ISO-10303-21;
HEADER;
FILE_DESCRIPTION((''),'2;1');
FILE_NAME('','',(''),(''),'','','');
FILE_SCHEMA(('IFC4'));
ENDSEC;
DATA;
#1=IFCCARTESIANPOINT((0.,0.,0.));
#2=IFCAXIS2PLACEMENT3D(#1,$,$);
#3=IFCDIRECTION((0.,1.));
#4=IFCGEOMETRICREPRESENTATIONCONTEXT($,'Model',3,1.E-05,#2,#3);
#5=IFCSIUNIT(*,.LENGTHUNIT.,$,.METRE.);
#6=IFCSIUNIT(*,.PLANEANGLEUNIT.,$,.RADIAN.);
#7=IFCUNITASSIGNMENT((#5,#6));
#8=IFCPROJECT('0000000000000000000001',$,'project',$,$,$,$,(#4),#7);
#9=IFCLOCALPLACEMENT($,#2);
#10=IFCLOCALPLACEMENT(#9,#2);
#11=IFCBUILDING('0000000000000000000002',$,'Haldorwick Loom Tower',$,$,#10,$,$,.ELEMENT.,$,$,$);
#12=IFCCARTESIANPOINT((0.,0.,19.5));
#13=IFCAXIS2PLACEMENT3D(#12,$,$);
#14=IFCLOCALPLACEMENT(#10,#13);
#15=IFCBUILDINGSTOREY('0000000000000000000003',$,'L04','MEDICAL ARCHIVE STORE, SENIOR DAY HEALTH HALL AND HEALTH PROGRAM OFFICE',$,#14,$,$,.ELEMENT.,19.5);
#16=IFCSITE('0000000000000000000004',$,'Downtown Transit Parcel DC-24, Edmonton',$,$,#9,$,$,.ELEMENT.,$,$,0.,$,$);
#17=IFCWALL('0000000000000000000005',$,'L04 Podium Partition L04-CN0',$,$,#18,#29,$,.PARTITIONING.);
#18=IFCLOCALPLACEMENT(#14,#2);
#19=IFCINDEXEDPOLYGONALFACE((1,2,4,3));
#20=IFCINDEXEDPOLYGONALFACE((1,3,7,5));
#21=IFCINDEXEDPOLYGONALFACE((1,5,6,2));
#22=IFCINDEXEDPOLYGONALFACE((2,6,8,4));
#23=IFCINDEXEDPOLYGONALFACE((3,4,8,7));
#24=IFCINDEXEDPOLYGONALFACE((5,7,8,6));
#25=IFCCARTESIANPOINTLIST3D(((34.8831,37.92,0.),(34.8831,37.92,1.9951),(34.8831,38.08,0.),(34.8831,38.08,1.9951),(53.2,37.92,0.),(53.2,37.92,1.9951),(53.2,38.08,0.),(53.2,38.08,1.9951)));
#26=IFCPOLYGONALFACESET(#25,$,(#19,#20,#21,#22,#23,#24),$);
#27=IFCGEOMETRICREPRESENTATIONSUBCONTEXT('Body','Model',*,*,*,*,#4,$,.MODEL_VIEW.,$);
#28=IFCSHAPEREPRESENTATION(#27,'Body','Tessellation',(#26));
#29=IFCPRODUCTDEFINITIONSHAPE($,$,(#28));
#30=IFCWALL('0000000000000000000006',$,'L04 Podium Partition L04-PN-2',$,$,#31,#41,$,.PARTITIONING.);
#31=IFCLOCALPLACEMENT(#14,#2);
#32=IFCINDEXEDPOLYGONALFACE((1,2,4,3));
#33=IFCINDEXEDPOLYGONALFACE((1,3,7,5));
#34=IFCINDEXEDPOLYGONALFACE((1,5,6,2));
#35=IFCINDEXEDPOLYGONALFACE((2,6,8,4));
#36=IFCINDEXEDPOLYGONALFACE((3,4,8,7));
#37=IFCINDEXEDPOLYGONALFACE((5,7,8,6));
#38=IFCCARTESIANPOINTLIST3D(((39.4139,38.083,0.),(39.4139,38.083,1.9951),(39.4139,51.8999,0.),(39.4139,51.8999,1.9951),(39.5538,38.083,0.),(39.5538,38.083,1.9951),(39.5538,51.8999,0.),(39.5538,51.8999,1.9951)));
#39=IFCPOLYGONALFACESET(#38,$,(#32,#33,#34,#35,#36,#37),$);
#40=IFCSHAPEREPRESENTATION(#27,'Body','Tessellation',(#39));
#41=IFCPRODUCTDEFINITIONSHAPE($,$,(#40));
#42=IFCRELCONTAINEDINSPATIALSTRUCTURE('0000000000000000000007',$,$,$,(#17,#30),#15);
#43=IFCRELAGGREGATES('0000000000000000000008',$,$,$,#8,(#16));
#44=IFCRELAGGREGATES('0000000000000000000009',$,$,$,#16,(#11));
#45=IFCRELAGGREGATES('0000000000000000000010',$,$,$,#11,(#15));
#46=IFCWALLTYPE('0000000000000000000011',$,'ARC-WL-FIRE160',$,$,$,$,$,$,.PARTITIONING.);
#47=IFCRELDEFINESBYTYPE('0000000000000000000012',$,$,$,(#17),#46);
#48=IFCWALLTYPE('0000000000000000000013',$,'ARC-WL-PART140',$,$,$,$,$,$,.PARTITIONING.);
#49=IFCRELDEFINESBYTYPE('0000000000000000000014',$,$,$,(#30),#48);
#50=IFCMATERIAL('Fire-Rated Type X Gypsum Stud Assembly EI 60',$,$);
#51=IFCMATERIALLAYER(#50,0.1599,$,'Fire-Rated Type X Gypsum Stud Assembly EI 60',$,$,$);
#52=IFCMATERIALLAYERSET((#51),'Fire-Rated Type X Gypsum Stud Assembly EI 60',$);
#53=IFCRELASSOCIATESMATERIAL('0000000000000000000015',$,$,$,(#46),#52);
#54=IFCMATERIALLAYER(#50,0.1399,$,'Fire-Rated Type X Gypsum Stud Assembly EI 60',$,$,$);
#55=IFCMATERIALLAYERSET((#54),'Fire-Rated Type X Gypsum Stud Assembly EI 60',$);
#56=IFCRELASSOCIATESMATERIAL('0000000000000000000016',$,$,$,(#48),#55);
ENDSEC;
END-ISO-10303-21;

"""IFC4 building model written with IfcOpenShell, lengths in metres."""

from ifc_helpers import new_model, si_unit, direction, frame, frame_2d, origin, place, context, subcontext, project, spatial, rectangle, extrude, material, layer, layer_set, type_object, element, save


model = new_model("IFC4")

# Units and contexts
model_context = context("Model", 3, precision=1e-05, world=origin(), true_north=direction((0.0, 1.0)))
body_context = subcontext(model_context, "Body", "Model", "MODEL_VIEW")
ifc_project = project(units=[si_unit("LENGTHUNIT", "METRE"), si_unit("PLANEANGLEUNIT", "RADIAN")], contexts=[model_context])

# Site, building, storey
site_placement = place(None, origin())
site = spatial("IfcSite", under=ifc_project, at=site_placement, Name="Downtown Transit Parcel DC-24, Edmonton", CompositionType="ELEMENT", RefElevation=0.0)
building_placement = place(site_placement, origin())
building = spatial("IfcBuilding", under=site, at=building_placement, Name="Haldorwick Loom Tower", CompositionType="ELEMENT")
storey_placement = place(building_placement, frame((0.0, 0.0, 19.5)))
storey = spatial("IfcBuildingStorey", under=building, at=storey_placement, Name="L04", Description="MEDICAL ARCHIVE STORE, SENIOR DAY HEALTH HALL AND HEALTH PROGRAM OFFICE", CompositionType="ELEMENT", Elevation=19.5)

# Walls
ifc_material_1 = material(Name="Fire-Rated Type X Gypsum Stud Assembly EI 60")
ifc_layer_1 = layer(ifc_material_1, 0.1599, Name="Fire-Rated Type X Gypsum Stud Assembly EI 60")
ifc_layer_set_1 = layer_set([ifc_layer_1], Name="Fire-Rated Type X Gypsum Stud Assembly EI 60")
wall_type_1 = type_object("IfcWallType", Name="ARC-WL-FIRE160", PredefinedType="PARTITIONING", material=ifc_layer_set_1)
wall_1_placement = place(storey_placement, frame((34.8831, 38.0, 0.0), z_axis=(0.0, 0.0, 1.0), x_axis=(1.0, 0.0, 0.0)))
element("IfcWall", 1, at=wall_1_placement, inside=storey, type_object=wall_type_1, Name="L04 Podium Partition L04-CN0", PredefinedType="PARTITIONING", context=body_context, shape_type="SweptSolid", body=[
    extrude(rectangle(XDim=18.3169, YDim=0.1599, at=frame_2d((9.1584, 0.0))), origin(), (0.0, 0.0, 1.0), 1.9951),
])
ifc_layer_2 = layer(ifc_material_1, 0.1399, Name="Fire-Rated Type X Gypsum Stud Assembly EI 60")
ifc_layer_set_2 = layer_set([ifc_layer_2], Name="Fire-Rated Type X Gypsum Stud Assembly EI 60")
wall_type_2 = type_object("IfcWallType", Name="ARC-WL-PART140", PredefinedType="PARTITIONING", material=ifc_layer_set_2)
wall_2_placement = place(storey_placement, frame((39.4839, 38.083, 0.0), z_axis=(0.0, 0.0, 1.0), x_axis=(0.0, 1.0, 0.0)))
element("IfcWall", 2, at=wall_2_placement, inside=storey, type_object=wall_type_2, Name="L04 Podium Partition L04-PN-2", PredefinedType="PARTITIONING", context=body_context, shape_type="SweptSolid", body=[
    extrude(rectangle(XDim=13.8169, YDim=0.1399, at=frame_2d((6.9084, 0.0))), origin(), (0.0, 0.0, 1.0), 1.9951),
])

save(model, "model.ifc")
